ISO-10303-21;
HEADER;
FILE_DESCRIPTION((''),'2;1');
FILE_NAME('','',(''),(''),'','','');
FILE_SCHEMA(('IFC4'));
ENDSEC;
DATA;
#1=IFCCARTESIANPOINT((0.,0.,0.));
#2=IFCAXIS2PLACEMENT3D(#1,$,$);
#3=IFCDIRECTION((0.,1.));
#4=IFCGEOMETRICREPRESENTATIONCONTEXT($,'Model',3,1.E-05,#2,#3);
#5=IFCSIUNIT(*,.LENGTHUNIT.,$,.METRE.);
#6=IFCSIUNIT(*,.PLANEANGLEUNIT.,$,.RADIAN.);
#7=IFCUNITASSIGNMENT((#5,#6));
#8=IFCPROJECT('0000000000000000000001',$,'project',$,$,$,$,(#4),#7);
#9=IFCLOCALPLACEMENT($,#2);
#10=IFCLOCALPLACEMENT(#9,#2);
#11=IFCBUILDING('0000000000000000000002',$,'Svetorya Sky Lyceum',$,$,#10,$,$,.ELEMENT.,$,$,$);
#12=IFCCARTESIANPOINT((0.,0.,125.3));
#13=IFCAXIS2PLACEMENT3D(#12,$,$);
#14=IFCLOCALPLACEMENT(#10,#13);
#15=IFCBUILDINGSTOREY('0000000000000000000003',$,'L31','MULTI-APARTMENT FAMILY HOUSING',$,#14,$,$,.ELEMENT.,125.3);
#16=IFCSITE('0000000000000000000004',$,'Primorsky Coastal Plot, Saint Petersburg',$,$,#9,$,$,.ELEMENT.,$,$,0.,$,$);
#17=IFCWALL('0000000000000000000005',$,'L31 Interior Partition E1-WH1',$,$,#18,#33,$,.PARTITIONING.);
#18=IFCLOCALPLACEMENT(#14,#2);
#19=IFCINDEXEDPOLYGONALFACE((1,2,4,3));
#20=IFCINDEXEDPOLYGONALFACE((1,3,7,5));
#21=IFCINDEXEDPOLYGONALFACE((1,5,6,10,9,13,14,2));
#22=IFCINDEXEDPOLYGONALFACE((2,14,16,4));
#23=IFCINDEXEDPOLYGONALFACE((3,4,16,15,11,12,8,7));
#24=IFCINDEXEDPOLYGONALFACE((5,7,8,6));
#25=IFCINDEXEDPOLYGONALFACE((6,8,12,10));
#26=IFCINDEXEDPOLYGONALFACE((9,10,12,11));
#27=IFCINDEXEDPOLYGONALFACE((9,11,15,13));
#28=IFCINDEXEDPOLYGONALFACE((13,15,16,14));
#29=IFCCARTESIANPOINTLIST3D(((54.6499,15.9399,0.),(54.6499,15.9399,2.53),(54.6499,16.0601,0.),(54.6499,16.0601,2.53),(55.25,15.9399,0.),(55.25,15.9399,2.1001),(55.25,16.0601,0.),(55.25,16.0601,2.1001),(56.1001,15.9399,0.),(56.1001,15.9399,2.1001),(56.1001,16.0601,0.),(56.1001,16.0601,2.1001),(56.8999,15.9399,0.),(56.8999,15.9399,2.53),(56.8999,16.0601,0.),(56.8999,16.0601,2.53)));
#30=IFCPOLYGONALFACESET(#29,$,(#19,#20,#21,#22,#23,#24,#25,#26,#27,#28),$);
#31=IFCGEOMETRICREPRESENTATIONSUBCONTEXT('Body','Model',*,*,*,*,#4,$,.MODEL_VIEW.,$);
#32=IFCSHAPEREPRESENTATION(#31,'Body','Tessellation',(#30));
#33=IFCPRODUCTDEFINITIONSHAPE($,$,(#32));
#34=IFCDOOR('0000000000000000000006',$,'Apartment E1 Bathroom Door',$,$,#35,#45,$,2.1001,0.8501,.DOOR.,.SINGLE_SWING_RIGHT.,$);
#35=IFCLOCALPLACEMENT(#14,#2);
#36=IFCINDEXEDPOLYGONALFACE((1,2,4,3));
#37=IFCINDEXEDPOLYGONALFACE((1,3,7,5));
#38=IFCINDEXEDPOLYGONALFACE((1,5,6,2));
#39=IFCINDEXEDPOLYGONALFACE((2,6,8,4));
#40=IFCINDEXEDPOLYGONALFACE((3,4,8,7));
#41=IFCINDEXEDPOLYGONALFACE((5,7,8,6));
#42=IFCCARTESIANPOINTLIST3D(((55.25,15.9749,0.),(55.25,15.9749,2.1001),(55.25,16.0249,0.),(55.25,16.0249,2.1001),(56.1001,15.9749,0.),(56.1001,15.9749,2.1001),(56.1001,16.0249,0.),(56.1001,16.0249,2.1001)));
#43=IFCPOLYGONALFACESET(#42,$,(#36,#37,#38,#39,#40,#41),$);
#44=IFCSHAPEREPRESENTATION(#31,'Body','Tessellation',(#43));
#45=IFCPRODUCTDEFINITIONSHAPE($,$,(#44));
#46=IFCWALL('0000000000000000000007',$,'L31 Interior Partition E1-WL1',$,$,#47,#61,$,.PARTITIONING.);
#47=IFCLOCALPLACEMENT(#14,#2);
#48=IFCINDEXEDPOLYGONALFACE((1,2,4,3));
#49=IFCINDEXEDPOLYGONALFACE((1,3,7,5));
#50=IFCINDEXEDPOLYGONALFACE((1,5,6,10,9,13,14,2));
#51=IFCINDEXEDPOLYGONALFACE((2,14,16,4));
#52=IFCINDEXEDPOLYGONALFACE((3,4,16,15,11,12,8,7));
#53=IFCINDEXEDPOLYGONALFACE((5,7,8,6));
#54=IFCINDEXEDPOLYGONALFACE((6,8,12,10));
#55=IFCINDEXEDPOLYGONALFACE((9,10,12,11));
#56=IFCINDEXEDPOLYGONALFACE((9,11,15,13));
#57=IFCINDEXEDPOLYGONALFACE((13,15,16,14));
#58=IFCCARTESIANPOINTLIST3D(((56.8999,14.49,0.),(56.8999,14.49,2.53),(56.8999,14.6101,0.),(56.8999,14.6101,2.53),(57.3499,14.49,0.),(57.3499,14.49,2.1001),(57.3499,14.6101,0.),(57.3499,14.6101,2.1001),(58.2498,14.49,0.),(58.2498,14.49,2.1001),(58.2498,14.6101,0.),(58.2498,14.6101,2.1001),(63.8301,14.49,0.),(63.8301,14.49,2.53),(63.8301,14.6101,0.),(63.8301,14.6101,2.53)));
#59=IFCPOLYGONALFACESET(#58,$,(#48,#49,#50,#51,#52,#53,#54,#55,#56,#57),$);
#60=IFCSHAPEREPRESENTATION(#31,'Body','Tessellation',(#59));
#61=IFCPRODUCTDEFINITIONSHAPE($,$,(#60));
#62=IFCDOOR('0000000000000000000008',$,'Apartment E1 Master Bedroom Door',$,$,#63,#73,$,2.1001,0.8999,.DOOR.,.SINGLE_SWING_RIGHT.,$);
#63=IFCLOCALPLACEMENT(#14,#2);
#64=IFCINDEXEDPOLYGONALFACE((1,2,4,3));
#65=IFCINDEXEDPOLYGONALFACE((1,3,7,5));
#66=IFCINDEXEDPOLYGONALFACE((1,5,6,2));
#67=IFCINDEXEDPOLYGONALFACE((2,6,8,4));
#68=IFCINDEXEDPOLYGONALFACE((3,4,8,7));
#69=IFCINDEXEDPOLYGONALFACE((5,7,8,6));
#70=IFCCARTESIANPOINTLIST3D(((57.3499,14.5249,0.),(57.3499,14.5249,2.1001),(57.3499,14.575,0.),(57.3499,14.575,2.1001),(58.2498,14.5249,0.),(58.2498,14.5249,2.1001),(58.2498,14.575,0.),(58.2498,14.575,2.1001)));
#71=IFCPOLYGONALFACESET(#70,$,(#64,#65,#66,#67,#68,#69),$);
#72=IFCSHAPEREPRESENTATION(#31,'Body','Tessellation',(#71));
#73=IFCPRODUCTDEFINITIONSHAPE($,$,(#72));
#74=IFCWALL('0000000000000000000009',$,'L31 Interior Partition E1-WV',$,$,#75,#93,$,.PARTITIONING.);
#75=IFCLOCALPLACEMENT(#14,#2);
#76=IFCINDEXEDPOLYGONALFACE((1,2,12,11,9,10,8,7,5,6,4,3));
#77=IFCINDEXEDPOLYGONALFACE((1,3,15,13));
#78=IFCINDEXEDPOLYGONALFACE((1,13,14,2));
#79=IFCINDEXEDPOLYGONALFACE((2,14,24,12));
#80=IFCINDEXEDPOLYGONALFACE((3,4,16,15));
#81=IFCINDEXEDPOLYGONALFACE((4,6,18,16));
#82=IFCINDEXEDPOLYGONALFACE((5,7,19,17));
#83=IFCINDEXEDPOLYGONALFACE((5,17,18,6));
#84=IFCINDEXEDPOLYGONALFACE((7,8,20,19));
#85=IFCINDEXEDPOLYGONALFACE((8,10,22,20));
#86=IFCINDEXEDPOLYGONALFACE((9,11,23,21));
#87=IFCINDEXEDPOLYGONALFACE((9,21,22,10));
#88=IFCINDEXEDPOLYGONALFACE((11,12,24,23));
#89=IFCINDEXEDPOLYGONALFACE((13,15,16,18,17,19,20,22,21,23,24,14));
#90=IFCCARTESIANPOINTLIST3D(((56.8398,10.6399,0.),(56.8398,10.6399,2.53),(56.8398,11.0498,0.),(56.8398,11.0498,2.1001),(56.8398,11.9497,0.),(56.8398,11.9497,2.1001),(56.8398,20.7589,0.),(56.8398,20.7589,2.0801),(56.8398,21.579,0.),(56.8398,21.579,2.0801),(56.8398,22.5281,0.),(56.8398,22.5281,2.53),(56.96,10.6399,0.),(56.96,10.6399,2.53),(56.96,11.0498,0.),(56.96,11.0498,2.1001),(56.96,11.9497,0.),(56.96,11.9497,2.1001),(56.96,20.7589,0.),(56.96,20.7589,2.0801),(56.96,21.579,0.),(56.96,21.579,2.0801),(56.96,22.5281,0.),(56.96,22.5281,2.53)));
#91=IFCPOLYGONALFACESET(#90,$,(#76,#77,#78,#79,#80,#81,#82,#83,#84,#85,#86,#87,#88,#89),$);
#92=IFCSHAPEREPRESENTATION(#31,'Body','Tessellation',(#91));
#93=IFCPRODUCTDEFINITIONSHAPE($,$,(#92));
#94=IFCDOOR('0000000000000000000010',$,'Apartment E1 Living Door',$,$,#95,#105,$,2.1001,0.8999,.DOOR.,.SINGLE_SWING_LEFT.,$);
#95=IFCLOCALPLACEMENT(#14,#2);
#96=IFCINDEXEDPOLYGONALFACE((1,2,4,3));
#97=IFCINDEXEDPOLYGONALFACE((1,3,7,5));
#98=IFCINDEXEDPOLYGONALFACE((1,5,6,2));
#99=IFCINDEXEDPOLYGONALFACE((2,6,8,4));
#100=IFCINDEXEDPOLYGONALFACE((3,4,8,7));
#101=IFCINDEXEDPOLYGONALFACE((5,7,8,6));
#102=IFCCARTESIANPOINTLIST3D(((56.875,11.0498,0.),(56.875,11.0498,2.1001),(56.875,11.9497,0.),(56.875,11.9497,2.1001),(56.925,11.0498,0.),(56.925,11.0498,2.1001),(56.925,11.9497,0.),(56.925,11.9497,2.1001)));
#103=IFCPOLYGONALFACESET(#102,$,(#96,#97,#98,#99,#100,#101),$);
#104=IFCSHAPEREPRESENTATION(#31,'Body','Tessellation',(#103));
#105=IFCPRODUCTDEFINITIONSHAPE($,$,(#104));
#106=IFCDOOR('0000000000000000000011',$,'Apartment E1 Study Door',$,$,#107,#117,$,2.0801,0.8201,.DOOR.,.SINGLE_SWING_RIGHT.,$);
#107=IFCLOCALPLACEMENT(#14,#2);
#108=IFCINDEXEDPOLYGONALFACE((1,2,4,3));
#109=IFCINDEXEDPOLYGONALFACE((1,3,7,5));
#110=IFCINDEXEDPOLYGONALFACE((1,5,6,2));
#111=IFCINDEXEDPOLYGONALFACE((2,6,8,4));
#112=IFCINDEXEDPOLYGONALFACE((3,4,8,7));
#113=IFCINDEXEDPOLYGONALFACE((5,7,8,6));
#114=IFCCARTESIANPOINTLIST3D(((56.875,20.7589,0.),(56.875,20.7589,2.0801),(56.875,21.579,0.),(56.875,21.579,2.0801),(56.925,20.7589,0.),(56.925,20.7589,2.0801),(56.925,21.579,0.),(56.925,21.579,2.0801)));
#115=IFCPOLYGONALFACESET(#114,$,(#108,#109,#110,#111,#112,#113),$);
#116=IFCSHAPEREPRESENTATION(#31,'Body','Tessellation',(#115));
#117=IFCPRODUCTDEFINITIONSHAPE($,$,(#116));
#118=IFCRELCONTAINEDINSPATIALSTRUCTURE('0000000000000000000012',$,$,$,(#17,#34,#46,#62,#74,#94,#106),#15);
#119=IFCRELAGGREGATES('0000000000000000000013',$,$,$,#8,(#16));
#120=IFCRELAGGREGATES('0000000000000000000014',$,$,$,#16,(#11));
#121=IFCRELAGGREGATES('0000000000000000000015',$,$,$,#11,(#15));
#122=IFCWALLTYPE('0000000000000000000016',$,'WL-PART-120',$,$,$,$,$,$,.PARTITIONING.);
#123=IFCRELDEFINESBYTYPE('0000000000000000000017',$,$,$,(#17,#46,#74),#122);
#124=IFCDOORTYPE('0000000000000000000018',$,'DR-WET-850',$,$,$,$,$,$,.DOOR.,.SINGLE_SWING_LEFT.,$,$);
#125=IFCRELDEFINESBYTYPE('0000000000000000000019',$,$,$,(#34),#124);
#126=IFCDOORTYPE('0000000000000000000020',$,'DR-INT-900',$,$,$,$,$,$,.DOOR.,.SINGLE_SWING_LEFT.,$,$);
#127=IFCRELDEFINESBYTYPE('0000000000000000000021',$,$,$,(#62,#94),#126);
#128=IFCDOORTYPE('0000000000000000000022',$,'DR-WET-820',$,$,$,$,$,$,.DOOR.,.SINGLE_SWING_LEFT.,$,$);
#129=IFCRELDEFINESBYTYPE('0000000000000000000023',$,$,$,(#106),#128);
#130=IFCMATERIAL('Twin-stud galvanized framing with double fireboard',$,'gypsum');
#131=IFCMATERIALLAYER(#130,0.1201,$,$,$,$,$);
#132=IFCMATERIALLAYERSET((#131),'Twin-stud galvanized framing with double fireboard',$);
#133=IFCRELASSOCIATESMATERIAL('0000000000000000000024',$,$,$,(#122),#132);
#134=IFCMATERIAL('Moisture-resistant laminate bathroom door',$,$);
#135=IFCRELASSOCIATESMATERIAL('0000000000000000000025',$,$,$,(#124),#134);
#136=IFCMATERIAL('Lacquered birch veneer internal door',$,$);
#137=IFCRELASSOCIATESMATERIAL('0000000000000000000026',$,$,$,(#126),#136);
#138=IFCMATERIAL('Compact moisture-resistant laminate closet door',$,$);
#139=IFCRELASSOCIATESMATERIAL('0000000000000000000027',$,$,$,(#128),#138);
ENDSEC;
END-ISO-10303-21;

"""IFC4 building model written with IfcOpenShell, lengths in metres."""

from ifc_helpers import new_model, si_unit, direction, frame, frame_2d, origin, place, context, subcontext, project, spatial, rectangle, extrude, material, layer, layer_set, type_object, element, fill, save


model = new_model("IFC4")

# Units and contexts
model_context = context("Model", 3, precision=1e-05, world=origin(), true_north=direction((0.0, 1.0)))
body_context = subcontext(model_context, "Body", "Model", "MODEL_VIEW")
ifc_project = project(units=[si_unit("LENGTHUNIT", "METRE"), si_unit("PLANEANGLEUNIT", "RADIAN")], contexts=[model_context])

# Site, building, storey
site_placement = place(None, origin())
site = spatial("IfcSite", under=ifc_project, at=site_placement, Name="Primorsky Coastal Plot, Saint Petersburg", CompositionType="ELEMENT", RefElevation=0.0)
building_placement = place(site_placement, origin())
building = spatial("IfcBuilding", under=site, at=building_placement, Name="Svetorya Sky Lyceum", CompositionType="ELEMENT")
storey_placement = place(building_placement, frame((0.0, 0.0, 125.3)))
storey = spatial("IfcBuildingStorey", under=building, at=storey_placement, Name="L31", Description="MULTI-APARTMENT FAMILY HOUSING", CompositionType="ELEMENT", Elevation=125.3)

# Walls, openings, doors
ifc_material_1 = material(Name="Twin-stud galvanized framing with double fireboard", Category="gypsum")
ifc_layer_1 = layer(ifc_material_1, 0.1201)
ifc_layer_set_1 = layer_set([ifc_layer_1], Name="Twin-stud galvanized framing with double fireboard")
wall_type_1 = type_object("IfcWallType", Name="WL-PART-120", PredefinedType="PARTITIONING", material=ifc_layer_set_1)
wall_1_placement = place(storey_placement, frame((54.6499, 16.0, 0.0), z_axis=(0.0, 0.0, 1.0), x_axis=(1.0, 0.0, 0.0)))
wall_1 = element("IfcWall", 1, at=wall_1_placement, inside=storey, type_object=wall_type_1, Name="L31 Interior Partition E1-WH1", PredefinedType="PARTITIONING", context=body_context, shape_type="SweptSolid", body=[
    extrude(rectangle(XDim=2.25, YDim=0.1201, at=frame_2d((1.125, 0.0))), origin(), (0.0, 0.0, 1.0), 2.53),
])
opening_1_placement = place(wall_1_placement, frame((0.6001, 0.0, 0.0)))
opening_1 = element("IfcOpeningElement", 2, at=opening_1_placement, cuts=wall_1, PredefinedType="OPENING", context=body_context, shape_type="SweptSolid", body=[
    extrude(rectangle(XDim=0.8501, YDim=2.1001, at=frame_2d((0.425, 1.05))), frame((0.0, 0.0701, 0.0), z_axis=(0.0, -1.0, 0.0), x_axis=(1.0, 0.0, 0.0)), (0.0, 0.0, 1.0), 0.1401),
])
ifc_material_2 = material(Name="Moisture-resistant laminate bathroom door")
door_type_1 = type_object("IfcDoorType", Name="DR-WET-850", OperationType="SINGLE_SWING_LEFT", PredefinedType="DOOR", material=ifc_material_2)
door_1_placement = place(opening_1_placement, origin())
door_1 = element("IfcDoor", 3, at=door_1_placement, inside=storey, type_object=door_type_1, Name="Apartment E1 Bathroom Door", OperationType="SINGLE_SWING_RIGHT", OverallHeight=2.1001, OverallWidth=0.8501, PredefinedType="DOOR", context=body_context, shape_type="SweptSolid", body=[
    extrude(rectangle(XDim=0.8501, YDim=2.1001, at=frame_2d((0.425, 1.05))), frame((0.0, 0.0249, 0.0), z_axis=(0.0, -1.0, 0.0), x_axis=(1.0, 0.0, 0.0)), (0.0, 0.0, 1.0), 0.05),
])
fill(opening_1, door_1)
wall_2_placement = place(storey_placement, frame((56.8999, 14.55, 0.0), z_axis=(0.0, 0.0, 1.0), x_axis=(1.0, 0.0, 0.0)))
wall_2 = element("IfcWall", 4, at=wall_2_placement, inside=storey, type_object=wall_type_1, Name="L31 Interior Partition E1-WL1", PredefinedType="PARTITIONING", context=body_context, shape_type="SweptSolid", body=[
    extrude(rectangle(XDim=6.9302, YDim=0.1201, at=frame_2d((3.4651, 0.0))), origin(), (0.0, 0.0, 1.0), 2.53),
])
opening_2_placement = place(wall_2_placement, frame((0.45, 0.0, 0.0)))
opening_2 = element("IfcOpeningElement", 5, at=opening_2_placement, cuts=wall_2, PredefinedType="OPENING", context=body_context, shape_type="SweptSolid", body=[
    extrude(rectangle(XDim=0.8999, YDim=2.1001, at=frame_2d((0.45, 1.05))), frame((0.0, 0.0701, 0.0), z_axis=(0.0, -1.0, 0.0), x_axis=(1.0, 0.0, 0.0)), (0.0, 0.0, 1.0), 0.1401),
])
ifc_material_3 = material(Name="Lacquered birch veneer internal door")
door_type_2 = type_object("IfcDoorType", Name="DR-INT-900", OperationType="SINGLE_SWING_LEFT", PredefinedType="DOOR", material=ifc_material_3)
door_2_placement = place(opening_2_placement, origin())
door_2 = element("IfcDoor", 6, at=door_2_placement, inside=storey, type_object=door_type_2, Name="Apartment E1 Master Bedroom Door", OperationType="SINGLE_SWING_RIGHT", OverallHeight=2.1001, OverallWidth=0.8999, PredefinedType="DOOR", context=body_context, shape_type="SweptSolid", body=[
    extrude(rectangle(XDim=0.8999, YDim=2.1001, at=frame_2d((0.45, 1.05))), frame((0.0, 0.0249, 0.0), z_axis=(0.0, -1.0, 0.0), x_axis=(1.0, 0.0, 0.0)), (0.0, 0.0, 1.0), 0.05),
])
fill(opening_2, door_2)

# Wall, openings, doors
wall_3_placement = place(storey_placement, frame((56.8999, 10.6399, 0.0), z_axis=(0.0, 0.0, 1.0), x_axis=(0.0, 1.0, 0.0)))
wall_3 = element("IfcWall", 7, at=wall_3_placement, inside=storey, type_object=wall_type_1, Name="L31 Interior Partition E1-WV", PredefinedType="PARTITIONING", context=body_context, shape_type="SweptSolid", body=[
    extrude(rectangle(XDim=11.8882, YDim=0.1201, at=frame_2d((5.9441, 0.0))), origin(), (0.0, 0.0, 1.0), 2.53),
])
opening_3_placement = place(wall_3_placement, frame((0.4099, 0.0, 0.0)))
opening_3 = element("IfcOpeningElement", 8, at=opening_3_placement, cuts=wall_3, PredefinedType="OPENING", context=body_context, shape_type="SweptSolid", body=[
    extrude(rectangle(XDim=0.8999, YDim=2.1001, at=frame_2d((0.45, 1.05))), frame((0.0, 0.0701, 0.0), z_axis=(0.0, -1.0, 0.0), x_axis=(1.0, 0.0, 0.0)), (0.0, 0.0, 1.0), 0.1401),
])
opening_4_placement = place(wall_3_placement, frame((10.1189, 0.0, 0.0)))
opening_4 = element("IfcOpeningElement", 9, at=opening_4_placement, cuts=wall_3, PredefinedType="OPENING", context=body_context, shape_type="SweptSolid", body=[
    extrude(rectangle(XDim=0.8201, YDim=2.0801, at=frame_2d((0.4102, 1.04))), frame((0.0, 0.0701, 0.0), z_axis=(0.0, -1.0, 0.0), x_axis=(1.0, 0.0, 0.0)), (0.0, 0.0, 1.0), 0.1401),
])
door_3_placement = place(opening_3_placement, origin())
door_3 = element("IfcDoor", 10, at=door_3_placement, inside=storey, type_object=door_type_2, Name="Apartment E1 Living Door", OperationType="SINGLE_SWING_LEFT", OverallHeight=2.1001, OverallWidth=0.8999, PredefinedType="DOOR", context=body_context, shape_type="SweptSolid", body=[
    extrude(rectangle(XDim=0.8999, YDim=2.1001, at=frame_2d((0.45, 1.05))), frame((0.0, 0.0249, 0.0), z_axis=(0.0, -1.0, 0.0), x_axis=(1.0, 0.0, 0.0)), (0.0, 0.0, 1.0), 0.05),
])
fill(opening_3, door_3)
ifc_material_4 = material(Name="Compact moisture-resistant laminate closet door")
door_type_3 = type_object("IfcDoorType", Name="DR-WET-820", OperationType="SINGLE_SWING_LEFT", PredefinedType="DOOR", material=ifc_material_4)
door_4_placement = place(opening_4_placement, origin())
door_4 = element("IfcDoor", 11, at=door_4_placement, inside=storey, type_object=door_type_3, Name="Apartment E1 Study Door", OperationType="SINGLE_SWING_RIGHT", OverallHeight=2.0801, OverallWidth=0.8201, PredefinedType="DOOR", context=body_context, shape_type="SweptSolid", body=[
    extrude(rectangle(XDim=0.8201, YDim=2.0801, at=frame_2d((0.4102, 1.04))), frame((0.0, 0.0249, 0.0), z_axis=(0.0, -1.0, 0.0), x_axis=(1.0, 0.0, 0.0)), (0.0, 0.0, 1.0), 0.05),
])
fill(opening_4, door_4)

save(model, "model.ifc")
